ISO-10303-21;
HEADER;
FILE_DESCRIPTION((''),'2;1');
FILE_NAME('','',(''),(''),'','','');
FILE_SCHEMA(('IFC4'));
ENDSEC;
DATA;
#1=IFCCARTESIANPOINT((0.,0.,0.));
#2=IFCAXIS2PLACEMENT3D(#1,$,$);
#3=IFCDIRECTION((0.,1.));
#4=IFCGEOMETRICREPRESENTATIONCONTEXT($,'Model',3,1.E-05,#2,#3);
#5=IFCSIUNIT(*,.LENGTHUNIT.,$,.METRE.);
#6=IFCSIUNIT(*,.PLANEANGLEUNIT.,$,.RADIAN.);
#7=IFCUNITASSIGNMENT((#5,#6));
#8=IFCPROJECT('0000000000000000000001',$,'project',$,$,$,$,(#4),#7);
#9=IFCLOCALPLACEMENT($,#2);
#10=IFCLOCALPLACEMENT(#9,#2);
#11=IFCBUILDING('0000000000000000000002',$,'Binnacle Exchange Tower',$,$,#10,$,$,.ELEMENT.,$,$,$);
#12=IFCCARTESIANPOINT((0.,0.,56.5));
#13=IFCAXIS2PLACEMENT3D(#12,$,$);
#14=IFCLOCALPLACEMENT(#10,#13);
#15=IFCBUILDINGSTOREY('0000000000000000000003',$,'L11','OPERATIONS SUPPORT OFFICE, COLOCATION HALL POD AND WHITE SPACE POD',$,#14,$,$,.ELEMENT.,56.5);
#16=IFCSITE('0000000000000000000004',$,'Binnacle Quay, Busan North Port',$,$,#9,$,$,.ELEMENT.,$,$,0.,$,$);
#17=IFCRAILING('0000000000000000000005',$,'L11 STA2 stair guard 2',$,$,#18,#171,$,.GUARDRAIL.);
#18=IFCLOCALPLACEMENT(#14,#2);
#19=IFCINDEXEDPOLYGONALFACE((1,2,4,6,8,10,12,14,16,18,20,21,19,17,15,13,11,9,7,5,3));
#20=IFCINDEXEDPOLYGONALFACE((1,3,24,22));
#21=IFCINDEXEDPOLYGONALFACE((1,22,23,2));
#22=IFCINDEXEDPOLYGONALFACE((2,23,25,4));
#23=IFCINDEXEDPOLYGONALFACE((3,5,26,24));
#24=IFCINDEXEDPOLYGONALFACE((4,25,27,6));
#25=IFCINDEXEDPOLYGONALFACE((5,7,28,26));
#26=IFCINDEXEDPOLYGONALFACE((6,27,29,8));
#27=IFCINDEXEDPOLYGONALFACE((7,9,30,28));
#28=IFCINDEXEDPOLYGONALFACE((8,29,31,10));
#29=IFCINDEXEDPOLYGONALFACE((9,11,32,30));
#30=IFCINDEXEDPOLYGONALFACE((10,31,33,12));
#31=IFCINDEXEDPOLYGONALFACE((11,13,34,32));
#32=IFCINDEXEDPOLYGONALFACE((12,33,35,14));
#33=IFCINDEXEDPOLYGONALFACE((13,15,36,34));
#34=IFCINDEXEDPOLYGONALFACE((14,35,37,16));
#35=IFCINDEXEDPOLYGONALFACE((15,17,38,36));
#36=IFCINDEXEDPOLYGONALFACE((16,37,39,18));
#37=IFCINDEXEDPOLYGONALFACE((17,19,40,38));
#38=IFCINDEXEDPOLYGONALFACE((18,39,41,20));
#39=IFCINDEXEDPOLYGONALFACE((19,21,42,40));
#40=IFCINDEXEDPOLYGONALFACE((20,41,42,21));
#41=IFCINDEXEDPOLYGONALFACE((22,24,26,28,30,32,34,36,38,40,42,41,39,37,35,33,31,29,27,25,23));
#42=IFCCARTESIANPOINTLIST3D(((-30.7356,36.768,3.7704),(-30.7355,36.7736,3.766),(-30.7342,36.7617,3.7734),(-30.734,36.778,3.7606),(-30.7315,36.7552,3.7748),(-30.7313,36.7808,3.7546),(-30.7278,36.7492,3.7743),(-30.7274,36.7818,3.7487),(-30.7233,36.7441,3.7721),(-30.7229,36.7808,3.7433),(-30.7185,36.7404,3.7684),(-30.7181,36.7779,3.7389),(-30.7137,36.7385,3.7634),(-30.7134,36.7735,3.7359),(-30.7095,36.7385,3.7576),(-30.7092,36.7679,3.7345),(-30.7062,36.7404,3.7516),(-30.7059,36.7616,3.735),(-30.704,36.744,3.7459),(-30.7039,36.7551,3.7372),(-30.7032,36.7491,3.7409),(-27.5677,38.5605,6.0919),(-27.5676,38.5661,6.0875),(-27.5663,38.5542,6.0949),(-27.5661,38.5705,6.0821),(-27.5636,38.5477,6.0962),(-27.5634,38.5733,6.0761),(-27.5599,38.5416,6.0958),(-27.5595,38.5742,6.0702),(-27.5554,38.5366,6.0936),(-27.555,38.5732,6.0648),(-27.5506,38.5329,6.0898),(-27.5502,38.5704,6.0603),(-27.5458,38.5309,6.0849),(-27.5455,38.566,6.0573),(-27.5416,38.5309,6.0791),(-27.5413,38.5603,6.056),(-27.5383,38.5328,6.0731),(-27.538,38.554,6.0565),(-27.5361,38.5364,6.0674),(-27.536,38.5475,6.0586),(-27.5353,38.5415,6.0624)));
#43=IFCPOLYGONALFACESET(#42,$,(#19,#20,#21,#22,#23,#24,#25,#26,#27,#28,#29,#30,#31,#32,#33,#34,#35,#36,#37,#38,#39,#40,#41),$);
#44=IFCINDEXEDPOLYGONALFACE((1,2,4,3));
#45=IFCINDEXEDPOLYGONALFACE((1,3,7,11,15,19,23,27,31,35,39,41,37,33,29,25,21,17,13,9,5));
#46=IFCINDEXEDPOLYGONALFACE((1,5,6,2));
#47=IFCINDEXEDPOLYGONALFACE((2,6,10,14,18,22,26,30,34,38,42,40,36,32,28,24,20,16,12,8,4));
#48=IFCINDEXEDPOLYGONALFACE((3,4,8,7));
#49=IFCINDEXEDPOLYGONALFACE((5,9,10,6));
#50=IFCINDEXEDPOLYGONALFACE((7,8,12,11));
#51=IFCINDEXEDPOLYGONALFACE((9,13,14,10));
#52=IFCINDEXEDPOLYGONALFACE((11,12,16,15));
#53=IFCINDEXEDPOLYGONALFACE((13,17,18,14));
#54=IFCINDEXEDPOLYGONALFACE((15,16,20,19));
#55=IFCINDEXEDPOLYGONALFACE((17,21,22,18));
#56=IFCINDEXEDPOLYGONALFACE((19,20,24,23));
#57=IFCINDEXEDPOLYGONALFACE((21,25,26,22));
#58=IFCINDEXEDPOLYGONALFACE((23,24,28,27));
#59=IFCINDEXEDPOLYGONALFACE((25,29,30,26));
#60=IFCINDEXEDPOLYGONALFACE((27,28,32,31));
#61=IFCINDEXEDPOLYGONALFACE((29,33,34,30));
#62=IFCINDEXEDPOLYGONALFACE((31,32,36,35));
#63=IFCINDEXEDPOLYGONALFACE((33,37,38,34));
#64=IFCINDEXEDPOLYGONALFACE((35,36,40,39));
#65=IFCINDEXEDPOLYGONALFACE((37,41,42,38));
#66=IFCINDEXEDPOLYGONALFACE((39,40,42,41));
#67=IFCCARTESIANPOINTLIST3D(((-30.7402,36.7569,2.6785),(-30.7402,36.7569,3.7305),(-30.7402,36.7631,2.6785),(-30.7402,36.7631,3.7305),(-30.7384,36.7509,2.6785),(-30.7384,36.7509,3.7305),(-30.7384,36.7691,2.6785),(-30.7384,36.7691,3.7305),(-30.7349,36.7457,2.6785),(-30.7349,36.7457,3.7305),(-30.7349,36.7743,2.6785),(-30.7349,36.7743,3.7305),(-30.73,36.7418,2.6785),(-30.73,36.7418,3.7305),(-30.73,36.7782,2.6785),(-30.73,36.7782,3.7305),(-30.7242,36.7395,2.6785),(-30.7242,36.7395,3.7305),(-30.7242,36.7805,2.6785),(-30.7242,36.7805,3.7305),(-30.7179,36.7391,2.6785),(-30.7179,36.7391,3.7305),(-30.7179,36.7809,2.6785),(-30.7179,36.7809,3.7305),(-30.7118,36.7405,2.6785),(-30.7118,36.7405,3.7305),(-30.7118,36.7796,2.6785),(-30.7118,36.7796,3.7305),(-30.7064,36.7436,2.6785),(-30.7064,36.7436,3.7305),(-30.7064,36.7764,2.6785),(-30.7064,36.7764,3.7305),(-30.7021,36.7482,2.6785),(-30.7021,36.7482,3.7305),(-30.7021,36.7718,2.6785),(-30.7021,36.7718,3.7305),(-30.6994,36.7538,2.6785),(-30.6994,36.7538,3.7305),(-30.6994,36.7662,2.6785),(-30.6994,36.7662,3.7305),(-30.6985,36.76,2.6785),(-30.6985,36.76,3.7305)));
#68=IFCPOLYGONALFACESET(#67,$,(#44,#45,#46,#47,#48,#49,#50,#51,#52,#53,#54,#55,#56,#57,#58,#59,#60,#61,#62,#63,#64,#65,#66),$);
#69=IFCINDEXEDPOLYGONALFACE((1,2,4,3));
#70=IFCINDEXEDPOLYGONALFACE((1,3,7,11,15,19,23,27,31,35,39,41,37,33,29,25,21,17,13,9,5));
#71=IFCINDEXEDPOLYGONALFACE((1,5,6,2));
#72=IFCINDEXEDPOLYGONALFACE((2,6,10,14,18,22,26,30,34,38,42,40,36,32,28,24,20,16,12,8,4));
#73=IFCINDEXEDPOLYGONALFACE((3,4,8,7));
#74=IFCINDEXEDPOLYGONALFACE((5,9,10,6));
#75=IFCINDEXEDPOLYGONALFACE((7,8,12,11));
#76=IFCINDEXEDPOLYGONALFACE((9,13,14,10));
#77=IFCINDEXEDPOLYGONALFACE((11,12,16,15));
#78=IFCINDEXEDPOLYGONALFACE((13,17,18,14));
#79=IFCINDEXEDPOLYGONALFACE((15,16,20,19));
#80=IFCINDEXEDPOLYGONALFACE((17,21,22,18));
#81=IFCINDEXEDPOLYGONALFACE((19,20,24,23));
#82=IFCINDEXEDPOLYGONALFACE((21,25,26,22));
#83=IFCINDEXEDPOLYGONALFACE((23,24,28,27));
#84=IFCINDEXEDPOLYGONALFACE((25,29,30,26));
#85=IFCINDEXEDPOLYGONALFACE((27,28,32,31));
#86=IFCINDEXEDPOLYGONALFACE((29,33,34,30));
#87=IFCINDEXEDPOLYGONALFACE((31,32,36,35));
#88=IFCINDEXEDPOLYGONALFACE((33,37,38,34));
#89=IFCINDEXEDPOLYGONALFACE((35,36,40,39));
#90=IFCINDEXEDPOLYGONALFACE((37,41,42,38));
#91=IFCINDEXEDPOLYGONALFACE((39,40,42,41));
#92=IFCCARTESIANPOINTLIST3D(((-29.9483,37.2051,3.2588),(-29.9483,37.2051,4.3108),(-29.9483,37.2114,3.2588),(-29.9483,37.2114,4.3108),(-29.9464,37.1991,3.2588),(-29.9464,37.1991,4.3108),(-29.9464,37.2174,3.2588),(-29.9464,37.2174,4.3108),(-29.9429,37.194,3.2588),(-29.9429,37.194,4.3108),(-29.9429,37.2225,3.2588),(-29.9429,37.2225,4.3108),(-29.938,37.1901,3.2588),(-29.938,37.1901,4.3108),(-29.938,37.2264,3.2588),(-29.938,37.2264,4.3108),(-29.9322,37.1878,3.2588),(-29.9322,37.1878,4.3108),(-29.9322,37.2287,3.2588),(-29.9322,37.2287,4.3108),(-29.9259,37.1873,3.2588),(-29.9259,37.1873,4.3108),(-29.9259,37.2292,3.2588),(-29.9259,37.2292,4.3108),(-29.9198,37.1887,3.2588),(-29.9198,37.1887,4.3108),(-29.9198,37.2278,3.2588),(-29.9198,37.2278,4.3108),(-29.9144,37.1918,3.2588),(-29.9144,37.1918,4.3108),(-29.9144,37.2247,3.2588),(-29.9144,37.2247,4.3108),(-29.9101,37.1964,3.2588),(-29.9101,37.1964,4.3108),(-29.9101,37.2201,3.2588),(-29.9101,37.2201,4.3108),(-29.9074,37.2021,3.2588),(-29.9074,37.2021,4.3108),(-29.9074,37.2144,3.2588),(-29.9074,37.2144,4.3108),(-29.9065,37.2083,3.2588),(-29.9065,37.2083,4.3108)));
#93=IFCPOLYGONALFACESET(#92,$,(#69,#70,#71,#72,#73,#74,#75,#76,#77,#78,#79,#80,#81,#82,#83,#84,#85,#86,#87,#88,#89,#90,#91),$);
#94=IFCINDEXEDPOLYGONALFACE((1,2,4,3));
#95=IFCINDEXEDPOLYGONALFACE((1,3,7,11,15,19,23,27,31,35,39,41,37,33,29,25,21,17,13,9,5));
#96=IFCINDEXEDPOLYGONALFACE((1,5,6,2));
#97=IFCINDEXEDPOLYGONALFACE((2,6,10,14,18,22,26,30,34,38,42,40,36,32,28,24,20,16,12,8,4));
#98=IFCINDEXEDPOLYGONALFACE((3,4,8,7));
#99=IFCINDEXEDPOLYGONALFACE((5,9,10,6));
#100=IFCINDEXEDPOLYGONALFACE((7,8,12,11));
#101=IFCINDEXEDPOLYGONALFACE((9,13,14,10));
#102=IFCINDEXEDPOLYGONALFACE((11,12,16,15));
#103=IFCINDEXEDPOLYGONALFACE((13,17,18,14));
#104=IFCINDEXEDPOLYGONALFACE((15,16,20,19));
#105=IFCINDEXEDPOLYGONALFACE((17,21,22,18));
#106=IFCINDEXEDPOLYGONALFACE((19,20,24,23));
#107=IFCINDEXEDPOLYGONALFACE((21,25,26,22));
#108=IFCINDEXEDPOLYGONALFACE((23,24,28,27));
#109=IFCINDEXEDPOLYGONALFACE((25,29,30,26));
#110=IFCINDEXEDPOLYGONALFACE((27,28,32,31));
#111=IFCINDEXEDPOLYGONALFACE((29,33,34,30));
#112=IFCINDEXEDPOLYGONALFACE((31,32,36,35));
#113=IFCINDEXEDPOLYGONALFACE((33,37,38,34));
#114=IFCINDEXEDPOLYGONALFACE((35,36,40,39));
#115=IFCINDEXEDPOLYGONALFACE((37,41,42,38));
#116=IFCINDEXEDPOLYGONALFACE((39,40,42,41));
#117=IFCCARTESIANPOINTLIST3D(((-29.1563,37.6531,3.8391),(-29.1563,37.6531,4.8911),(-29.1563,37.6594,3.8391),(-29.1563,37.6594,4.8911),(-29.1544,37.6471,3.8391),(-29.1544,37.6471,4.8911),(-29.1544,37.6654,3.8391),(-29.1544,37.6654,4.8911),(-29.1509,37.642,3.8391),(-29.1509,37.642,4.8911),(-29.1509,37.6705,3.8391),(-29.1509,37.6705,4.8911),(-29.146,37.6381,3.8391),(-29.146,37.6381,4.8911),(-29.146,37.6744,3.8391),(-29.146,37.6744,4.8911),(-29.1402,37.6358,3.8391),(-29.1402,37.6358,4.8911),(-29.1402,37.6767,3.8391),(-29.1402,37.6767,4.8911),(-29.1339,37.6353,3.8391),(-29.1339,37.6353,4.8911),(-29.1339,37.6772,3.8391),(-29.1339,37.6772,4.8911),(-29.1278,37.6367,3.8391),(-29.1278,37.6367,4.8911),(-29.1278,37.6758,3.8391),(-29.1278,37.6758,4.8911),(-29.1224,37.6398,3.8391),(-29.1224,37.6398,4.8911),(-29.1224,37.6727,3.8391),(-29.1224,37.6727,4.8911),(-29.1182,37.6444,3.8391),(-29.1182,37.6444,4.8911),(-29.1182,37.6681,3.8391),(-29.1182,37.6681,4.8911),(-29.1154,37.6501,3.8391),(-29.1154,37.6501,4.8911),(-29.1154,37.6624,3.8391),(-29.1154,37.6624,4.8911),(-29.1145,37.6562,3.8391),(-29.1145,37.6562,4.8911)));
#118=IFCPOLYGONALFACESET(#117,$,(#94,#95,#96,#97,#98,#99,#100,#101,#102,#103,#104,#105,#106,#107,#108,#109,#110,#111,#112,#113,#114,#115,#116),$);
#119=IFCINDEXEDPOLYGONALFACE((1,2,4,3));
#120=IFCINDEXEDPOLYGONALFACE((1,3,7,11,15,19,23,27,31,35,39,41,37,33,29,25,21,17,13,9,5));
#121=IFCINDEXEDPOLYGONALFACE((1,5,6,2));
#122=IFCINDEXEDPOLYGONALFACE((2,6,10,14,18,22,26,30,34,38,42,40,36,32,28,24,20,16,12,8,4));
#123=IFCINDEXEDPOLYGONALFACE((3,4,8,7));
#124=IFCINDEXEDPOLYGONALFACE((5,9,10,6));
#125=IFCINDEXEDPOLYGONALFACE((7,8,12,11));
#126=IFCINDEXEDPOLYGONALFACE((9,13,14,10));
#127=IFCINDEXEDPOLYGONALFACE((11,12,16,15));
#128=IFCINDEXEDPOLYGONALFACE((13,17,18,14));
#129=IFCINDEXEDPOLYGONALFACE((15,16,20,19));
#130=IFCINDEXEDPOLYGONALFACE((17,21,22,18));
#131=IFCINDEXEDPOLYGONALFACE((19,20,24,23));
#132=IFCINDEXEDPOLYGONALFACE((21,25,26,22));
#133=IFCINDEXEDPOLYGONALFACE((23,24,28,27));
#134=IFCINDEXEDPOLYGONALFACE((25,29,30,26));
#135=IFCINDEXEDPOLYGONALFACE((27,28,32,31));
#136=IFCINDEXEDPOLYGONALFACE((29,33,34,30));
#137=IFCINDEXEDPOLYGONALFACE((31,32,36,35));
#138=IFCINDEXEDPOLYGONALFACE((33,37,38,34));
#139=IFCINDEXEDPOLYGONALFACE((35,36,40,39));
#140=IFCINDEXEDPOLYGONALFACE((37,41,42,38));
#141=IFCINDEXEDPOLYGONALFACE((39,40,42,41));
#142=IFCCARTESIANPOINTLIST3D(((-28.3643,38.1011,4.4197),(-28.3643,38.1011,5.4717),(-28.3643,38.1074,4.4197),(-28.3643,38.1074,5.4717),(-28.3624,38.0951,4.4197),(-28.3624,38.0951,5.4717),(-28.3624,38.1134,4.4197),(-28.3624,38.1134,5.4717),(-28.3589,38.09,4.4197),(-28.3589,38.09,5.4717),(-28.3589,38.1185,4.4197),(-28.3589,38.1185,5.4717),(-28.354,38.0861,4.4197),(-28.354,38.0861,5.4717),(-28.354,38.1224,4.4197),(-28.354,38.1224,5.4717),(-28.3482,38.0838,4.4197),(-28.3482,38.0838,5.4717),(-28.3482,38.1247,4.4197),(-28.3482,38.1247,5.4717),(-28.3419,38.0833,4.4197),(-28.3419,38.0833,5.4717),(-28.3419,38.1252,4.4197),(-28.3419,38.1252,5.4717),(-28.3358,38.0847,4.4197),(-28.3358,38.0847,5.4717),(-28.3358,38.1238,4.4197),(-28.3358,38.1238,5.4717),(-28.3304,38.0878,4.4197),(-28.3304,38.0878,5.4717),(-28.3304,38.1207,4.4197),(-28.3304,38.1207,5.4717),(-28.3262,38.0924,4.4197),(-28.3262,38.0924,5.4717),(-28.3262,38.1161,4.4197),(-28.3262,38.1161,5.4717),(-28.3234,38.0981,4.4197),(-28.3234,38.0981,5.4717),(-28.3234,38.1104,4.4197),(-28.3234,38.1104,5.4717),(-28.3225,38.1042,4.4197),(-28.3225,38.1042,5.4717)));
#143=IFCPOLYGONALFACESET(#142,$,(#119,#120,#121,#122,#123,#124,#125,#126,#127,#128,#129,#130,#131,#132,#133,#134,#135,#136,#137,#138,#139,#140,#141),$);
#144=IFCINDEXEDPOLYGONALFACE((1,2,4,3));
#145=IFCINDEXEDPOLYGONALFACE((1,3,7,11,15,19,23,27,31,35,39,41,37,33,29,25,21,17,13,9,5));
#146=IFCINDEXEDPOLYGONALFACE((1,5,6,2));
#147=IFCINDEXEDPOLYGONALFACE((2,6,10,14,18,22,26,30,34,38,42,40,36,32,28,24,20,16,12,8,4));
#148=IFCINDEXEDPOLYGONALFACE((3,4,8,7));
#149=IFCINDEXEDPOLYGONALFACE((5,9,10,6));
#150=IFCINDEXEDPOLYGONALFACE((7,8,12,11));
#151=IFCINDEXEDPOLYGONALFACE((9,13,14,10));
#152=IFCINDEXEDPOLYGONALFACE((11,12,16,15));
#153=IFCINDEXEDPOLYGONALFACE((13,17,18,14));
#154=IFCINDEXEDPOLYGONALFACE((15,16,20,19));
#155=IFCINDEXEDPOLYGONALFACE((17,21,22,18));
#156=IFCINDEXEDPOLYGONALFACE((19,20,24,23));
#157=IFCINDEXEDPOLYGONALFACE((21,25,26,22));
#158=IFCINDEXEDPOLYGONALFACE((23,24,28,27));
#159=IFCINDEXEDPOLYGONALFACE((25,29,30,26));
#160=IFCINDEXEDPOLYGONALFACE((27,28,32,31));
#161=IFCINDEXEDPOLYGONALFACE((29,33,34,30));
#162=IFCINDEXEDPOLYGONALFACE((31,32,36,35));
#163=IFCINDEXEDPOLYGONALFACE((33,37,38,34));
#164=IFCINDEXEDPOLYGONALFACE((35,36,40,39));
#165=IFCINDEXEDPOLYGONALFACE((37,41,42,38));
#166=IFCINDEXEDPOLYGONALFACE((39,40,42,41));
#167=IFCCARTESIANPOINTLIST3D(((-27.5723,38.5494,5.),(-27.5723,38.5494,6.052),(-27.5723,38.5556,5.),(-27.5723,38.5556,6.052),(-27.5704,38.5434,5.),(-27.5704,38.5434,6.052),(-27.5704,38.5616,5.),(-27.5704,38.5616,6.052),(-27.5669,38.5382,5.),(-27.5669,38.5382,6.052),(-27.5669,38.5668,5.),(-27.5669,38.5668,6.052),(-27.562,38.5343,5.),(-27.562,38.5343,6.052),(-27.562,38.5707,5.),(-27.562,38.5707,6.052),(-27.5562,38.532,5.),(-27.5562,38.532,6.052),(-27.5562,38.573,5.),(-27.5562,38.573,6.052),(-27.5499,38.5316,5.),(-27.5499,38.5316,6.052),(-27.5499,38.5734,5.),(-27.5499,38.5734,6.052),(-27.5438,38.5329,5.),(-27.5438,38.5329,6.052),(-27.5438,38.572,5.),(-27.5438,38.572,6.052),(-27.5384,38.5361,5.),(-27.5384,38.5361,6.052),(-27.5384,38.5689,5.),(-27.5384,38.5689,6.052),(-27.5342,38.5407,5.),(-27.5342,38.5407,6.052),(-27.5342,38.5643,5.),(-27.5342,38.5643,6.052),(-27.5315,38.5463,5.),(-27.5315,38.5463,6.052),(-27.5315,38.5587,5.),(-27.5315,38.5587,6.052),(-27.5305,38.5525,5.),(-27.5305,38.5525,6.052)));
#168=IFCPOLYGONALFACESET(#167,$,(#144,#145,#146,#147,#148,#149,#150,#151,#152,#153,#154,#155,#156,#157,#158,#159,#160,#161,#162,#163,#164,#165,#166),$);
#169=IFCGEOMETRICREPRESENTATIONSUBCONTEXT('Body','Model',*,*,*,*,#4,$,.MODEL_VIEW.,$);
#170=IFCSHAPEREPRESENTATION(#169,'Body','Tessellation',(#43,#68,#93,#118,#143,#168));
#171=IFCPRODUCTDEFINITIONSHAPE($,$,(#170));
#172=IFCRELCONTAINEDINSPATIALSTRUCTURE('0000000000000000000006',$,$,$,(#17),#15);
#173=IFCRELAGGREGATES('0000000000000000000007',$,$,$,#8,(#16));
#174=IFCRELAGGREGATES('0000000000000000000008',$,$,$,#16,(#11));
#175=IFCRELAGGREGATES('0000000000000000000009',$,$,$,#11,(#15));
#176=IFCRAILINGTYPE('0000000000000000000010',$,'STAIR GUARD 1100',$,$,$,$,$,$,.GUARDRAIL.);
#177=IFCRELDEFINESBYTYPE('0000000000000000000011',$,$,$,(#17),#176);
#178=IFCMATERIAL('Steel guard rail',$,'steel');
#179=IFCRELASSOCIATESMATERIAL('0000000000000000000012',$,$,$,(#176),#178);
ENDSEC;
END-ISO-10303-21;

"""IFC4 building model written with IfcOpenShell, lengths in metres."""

from ifc_helpers import new_model, si_unit, direction, frame, origin, origin_2d, place, context, subcontext, project, spatial, circle, extrude, material, type_object, element, save


model = new_model("IFC4")

# Units and contexts
model_context = context("Model", 3, precision=1e-05, world=origin(), true_north=direction((0.0, 1.0)))
body_context = subcontext(model_context, "Body", "Model", "MODEL_VIEW")
ifc_project = project(units=[si_unit("LENGTHUNIT", "METRE"), si_unit("PLANEANGLEUNIT", "RADIAN")], contexts=[model_context])

# Site, building, storey
site_placement = place(None, origin())
site = spatial("IfcSite", under=ifc_project, at=site_placement, Name="Binnacle Quay, Busan North Port", CompositionType="ELEMENT", RefElevation=0.0)
building_placement = place(site_placement, origin())
building = spatial("IfcBuilding", under=site, at=building_placement, Name="Binnacle Exchange Tower", CompositionType="ELEMENT")
storey_placement = place(building_placement, frame((0.0, 0.0, 56.5)))
storey = spatial("IfcBuildingStorey", under=building, at=storey_placement, Name="L11", Description="OPERATIONS SUPPORT OFFICE, COLOCATION HALL POD AND WHITE SPACE POD", CompositionType="ELEMENT", Elevation=56.5)

# Railing
ifc_material_1 = material(Name="Steel guard rail", Category="steel")
railing_type_1 = type_object("IfcRailingType", Name="STAIR GUARD 1100", PredefinedType="GUARDRAIL", material=ifc_material_1)
railing_1_placement = place(storey_placement, frame((-30.7195, 36.76, 2.6785)))
element("IfcRailing", 1, at=railing_1_placement, inside=storey, type_object=railing_type_1, Name="L11 STA2 stair guard 2", PredefinedType="GUARDRAIL", context=body_context, shape_type="SweptSolid", body=[
    extrude(circle(Radius=0.0239, at=origin_2d()), frame((0.0, 0.0, 1.0762), z_axis=(0.733796, 0.415192, 0.537736), x_axis=(-0.492451, 0.87034, 0.0)), (0.0, 0.0, 1.0), 4.3171),
    extrude(circle(Radius=0.021, at=origin_2d()), origin(), (0.0, 0.0, 1.0), 1.052),
    extrude(circle(Radius=0.021, at=origin_2d()), frame((0.792, 0.4482, 0.5803)), (0.0, 0.0, 1.0), 1.052),
    extrude(circle(Radius=0.021, at=origin_2d()), frame((1.584, 0.8962, 1.1606)), (0.0, 0.0, 1.0), 1.052),
    extrude(circle(Radius=0.021, at=origin_2d()), frame((2.376, 1.3442, 1.7412)), (0.0, 0.0, 1.0), 1.052),
    extrude(circle(Radius=0.021, at=origin_2d()), frame((3.168, 1.7925, 2.3215)), (0.0, 0.0, 1.0), 1.052),
])

save(model, "model.ifc")
